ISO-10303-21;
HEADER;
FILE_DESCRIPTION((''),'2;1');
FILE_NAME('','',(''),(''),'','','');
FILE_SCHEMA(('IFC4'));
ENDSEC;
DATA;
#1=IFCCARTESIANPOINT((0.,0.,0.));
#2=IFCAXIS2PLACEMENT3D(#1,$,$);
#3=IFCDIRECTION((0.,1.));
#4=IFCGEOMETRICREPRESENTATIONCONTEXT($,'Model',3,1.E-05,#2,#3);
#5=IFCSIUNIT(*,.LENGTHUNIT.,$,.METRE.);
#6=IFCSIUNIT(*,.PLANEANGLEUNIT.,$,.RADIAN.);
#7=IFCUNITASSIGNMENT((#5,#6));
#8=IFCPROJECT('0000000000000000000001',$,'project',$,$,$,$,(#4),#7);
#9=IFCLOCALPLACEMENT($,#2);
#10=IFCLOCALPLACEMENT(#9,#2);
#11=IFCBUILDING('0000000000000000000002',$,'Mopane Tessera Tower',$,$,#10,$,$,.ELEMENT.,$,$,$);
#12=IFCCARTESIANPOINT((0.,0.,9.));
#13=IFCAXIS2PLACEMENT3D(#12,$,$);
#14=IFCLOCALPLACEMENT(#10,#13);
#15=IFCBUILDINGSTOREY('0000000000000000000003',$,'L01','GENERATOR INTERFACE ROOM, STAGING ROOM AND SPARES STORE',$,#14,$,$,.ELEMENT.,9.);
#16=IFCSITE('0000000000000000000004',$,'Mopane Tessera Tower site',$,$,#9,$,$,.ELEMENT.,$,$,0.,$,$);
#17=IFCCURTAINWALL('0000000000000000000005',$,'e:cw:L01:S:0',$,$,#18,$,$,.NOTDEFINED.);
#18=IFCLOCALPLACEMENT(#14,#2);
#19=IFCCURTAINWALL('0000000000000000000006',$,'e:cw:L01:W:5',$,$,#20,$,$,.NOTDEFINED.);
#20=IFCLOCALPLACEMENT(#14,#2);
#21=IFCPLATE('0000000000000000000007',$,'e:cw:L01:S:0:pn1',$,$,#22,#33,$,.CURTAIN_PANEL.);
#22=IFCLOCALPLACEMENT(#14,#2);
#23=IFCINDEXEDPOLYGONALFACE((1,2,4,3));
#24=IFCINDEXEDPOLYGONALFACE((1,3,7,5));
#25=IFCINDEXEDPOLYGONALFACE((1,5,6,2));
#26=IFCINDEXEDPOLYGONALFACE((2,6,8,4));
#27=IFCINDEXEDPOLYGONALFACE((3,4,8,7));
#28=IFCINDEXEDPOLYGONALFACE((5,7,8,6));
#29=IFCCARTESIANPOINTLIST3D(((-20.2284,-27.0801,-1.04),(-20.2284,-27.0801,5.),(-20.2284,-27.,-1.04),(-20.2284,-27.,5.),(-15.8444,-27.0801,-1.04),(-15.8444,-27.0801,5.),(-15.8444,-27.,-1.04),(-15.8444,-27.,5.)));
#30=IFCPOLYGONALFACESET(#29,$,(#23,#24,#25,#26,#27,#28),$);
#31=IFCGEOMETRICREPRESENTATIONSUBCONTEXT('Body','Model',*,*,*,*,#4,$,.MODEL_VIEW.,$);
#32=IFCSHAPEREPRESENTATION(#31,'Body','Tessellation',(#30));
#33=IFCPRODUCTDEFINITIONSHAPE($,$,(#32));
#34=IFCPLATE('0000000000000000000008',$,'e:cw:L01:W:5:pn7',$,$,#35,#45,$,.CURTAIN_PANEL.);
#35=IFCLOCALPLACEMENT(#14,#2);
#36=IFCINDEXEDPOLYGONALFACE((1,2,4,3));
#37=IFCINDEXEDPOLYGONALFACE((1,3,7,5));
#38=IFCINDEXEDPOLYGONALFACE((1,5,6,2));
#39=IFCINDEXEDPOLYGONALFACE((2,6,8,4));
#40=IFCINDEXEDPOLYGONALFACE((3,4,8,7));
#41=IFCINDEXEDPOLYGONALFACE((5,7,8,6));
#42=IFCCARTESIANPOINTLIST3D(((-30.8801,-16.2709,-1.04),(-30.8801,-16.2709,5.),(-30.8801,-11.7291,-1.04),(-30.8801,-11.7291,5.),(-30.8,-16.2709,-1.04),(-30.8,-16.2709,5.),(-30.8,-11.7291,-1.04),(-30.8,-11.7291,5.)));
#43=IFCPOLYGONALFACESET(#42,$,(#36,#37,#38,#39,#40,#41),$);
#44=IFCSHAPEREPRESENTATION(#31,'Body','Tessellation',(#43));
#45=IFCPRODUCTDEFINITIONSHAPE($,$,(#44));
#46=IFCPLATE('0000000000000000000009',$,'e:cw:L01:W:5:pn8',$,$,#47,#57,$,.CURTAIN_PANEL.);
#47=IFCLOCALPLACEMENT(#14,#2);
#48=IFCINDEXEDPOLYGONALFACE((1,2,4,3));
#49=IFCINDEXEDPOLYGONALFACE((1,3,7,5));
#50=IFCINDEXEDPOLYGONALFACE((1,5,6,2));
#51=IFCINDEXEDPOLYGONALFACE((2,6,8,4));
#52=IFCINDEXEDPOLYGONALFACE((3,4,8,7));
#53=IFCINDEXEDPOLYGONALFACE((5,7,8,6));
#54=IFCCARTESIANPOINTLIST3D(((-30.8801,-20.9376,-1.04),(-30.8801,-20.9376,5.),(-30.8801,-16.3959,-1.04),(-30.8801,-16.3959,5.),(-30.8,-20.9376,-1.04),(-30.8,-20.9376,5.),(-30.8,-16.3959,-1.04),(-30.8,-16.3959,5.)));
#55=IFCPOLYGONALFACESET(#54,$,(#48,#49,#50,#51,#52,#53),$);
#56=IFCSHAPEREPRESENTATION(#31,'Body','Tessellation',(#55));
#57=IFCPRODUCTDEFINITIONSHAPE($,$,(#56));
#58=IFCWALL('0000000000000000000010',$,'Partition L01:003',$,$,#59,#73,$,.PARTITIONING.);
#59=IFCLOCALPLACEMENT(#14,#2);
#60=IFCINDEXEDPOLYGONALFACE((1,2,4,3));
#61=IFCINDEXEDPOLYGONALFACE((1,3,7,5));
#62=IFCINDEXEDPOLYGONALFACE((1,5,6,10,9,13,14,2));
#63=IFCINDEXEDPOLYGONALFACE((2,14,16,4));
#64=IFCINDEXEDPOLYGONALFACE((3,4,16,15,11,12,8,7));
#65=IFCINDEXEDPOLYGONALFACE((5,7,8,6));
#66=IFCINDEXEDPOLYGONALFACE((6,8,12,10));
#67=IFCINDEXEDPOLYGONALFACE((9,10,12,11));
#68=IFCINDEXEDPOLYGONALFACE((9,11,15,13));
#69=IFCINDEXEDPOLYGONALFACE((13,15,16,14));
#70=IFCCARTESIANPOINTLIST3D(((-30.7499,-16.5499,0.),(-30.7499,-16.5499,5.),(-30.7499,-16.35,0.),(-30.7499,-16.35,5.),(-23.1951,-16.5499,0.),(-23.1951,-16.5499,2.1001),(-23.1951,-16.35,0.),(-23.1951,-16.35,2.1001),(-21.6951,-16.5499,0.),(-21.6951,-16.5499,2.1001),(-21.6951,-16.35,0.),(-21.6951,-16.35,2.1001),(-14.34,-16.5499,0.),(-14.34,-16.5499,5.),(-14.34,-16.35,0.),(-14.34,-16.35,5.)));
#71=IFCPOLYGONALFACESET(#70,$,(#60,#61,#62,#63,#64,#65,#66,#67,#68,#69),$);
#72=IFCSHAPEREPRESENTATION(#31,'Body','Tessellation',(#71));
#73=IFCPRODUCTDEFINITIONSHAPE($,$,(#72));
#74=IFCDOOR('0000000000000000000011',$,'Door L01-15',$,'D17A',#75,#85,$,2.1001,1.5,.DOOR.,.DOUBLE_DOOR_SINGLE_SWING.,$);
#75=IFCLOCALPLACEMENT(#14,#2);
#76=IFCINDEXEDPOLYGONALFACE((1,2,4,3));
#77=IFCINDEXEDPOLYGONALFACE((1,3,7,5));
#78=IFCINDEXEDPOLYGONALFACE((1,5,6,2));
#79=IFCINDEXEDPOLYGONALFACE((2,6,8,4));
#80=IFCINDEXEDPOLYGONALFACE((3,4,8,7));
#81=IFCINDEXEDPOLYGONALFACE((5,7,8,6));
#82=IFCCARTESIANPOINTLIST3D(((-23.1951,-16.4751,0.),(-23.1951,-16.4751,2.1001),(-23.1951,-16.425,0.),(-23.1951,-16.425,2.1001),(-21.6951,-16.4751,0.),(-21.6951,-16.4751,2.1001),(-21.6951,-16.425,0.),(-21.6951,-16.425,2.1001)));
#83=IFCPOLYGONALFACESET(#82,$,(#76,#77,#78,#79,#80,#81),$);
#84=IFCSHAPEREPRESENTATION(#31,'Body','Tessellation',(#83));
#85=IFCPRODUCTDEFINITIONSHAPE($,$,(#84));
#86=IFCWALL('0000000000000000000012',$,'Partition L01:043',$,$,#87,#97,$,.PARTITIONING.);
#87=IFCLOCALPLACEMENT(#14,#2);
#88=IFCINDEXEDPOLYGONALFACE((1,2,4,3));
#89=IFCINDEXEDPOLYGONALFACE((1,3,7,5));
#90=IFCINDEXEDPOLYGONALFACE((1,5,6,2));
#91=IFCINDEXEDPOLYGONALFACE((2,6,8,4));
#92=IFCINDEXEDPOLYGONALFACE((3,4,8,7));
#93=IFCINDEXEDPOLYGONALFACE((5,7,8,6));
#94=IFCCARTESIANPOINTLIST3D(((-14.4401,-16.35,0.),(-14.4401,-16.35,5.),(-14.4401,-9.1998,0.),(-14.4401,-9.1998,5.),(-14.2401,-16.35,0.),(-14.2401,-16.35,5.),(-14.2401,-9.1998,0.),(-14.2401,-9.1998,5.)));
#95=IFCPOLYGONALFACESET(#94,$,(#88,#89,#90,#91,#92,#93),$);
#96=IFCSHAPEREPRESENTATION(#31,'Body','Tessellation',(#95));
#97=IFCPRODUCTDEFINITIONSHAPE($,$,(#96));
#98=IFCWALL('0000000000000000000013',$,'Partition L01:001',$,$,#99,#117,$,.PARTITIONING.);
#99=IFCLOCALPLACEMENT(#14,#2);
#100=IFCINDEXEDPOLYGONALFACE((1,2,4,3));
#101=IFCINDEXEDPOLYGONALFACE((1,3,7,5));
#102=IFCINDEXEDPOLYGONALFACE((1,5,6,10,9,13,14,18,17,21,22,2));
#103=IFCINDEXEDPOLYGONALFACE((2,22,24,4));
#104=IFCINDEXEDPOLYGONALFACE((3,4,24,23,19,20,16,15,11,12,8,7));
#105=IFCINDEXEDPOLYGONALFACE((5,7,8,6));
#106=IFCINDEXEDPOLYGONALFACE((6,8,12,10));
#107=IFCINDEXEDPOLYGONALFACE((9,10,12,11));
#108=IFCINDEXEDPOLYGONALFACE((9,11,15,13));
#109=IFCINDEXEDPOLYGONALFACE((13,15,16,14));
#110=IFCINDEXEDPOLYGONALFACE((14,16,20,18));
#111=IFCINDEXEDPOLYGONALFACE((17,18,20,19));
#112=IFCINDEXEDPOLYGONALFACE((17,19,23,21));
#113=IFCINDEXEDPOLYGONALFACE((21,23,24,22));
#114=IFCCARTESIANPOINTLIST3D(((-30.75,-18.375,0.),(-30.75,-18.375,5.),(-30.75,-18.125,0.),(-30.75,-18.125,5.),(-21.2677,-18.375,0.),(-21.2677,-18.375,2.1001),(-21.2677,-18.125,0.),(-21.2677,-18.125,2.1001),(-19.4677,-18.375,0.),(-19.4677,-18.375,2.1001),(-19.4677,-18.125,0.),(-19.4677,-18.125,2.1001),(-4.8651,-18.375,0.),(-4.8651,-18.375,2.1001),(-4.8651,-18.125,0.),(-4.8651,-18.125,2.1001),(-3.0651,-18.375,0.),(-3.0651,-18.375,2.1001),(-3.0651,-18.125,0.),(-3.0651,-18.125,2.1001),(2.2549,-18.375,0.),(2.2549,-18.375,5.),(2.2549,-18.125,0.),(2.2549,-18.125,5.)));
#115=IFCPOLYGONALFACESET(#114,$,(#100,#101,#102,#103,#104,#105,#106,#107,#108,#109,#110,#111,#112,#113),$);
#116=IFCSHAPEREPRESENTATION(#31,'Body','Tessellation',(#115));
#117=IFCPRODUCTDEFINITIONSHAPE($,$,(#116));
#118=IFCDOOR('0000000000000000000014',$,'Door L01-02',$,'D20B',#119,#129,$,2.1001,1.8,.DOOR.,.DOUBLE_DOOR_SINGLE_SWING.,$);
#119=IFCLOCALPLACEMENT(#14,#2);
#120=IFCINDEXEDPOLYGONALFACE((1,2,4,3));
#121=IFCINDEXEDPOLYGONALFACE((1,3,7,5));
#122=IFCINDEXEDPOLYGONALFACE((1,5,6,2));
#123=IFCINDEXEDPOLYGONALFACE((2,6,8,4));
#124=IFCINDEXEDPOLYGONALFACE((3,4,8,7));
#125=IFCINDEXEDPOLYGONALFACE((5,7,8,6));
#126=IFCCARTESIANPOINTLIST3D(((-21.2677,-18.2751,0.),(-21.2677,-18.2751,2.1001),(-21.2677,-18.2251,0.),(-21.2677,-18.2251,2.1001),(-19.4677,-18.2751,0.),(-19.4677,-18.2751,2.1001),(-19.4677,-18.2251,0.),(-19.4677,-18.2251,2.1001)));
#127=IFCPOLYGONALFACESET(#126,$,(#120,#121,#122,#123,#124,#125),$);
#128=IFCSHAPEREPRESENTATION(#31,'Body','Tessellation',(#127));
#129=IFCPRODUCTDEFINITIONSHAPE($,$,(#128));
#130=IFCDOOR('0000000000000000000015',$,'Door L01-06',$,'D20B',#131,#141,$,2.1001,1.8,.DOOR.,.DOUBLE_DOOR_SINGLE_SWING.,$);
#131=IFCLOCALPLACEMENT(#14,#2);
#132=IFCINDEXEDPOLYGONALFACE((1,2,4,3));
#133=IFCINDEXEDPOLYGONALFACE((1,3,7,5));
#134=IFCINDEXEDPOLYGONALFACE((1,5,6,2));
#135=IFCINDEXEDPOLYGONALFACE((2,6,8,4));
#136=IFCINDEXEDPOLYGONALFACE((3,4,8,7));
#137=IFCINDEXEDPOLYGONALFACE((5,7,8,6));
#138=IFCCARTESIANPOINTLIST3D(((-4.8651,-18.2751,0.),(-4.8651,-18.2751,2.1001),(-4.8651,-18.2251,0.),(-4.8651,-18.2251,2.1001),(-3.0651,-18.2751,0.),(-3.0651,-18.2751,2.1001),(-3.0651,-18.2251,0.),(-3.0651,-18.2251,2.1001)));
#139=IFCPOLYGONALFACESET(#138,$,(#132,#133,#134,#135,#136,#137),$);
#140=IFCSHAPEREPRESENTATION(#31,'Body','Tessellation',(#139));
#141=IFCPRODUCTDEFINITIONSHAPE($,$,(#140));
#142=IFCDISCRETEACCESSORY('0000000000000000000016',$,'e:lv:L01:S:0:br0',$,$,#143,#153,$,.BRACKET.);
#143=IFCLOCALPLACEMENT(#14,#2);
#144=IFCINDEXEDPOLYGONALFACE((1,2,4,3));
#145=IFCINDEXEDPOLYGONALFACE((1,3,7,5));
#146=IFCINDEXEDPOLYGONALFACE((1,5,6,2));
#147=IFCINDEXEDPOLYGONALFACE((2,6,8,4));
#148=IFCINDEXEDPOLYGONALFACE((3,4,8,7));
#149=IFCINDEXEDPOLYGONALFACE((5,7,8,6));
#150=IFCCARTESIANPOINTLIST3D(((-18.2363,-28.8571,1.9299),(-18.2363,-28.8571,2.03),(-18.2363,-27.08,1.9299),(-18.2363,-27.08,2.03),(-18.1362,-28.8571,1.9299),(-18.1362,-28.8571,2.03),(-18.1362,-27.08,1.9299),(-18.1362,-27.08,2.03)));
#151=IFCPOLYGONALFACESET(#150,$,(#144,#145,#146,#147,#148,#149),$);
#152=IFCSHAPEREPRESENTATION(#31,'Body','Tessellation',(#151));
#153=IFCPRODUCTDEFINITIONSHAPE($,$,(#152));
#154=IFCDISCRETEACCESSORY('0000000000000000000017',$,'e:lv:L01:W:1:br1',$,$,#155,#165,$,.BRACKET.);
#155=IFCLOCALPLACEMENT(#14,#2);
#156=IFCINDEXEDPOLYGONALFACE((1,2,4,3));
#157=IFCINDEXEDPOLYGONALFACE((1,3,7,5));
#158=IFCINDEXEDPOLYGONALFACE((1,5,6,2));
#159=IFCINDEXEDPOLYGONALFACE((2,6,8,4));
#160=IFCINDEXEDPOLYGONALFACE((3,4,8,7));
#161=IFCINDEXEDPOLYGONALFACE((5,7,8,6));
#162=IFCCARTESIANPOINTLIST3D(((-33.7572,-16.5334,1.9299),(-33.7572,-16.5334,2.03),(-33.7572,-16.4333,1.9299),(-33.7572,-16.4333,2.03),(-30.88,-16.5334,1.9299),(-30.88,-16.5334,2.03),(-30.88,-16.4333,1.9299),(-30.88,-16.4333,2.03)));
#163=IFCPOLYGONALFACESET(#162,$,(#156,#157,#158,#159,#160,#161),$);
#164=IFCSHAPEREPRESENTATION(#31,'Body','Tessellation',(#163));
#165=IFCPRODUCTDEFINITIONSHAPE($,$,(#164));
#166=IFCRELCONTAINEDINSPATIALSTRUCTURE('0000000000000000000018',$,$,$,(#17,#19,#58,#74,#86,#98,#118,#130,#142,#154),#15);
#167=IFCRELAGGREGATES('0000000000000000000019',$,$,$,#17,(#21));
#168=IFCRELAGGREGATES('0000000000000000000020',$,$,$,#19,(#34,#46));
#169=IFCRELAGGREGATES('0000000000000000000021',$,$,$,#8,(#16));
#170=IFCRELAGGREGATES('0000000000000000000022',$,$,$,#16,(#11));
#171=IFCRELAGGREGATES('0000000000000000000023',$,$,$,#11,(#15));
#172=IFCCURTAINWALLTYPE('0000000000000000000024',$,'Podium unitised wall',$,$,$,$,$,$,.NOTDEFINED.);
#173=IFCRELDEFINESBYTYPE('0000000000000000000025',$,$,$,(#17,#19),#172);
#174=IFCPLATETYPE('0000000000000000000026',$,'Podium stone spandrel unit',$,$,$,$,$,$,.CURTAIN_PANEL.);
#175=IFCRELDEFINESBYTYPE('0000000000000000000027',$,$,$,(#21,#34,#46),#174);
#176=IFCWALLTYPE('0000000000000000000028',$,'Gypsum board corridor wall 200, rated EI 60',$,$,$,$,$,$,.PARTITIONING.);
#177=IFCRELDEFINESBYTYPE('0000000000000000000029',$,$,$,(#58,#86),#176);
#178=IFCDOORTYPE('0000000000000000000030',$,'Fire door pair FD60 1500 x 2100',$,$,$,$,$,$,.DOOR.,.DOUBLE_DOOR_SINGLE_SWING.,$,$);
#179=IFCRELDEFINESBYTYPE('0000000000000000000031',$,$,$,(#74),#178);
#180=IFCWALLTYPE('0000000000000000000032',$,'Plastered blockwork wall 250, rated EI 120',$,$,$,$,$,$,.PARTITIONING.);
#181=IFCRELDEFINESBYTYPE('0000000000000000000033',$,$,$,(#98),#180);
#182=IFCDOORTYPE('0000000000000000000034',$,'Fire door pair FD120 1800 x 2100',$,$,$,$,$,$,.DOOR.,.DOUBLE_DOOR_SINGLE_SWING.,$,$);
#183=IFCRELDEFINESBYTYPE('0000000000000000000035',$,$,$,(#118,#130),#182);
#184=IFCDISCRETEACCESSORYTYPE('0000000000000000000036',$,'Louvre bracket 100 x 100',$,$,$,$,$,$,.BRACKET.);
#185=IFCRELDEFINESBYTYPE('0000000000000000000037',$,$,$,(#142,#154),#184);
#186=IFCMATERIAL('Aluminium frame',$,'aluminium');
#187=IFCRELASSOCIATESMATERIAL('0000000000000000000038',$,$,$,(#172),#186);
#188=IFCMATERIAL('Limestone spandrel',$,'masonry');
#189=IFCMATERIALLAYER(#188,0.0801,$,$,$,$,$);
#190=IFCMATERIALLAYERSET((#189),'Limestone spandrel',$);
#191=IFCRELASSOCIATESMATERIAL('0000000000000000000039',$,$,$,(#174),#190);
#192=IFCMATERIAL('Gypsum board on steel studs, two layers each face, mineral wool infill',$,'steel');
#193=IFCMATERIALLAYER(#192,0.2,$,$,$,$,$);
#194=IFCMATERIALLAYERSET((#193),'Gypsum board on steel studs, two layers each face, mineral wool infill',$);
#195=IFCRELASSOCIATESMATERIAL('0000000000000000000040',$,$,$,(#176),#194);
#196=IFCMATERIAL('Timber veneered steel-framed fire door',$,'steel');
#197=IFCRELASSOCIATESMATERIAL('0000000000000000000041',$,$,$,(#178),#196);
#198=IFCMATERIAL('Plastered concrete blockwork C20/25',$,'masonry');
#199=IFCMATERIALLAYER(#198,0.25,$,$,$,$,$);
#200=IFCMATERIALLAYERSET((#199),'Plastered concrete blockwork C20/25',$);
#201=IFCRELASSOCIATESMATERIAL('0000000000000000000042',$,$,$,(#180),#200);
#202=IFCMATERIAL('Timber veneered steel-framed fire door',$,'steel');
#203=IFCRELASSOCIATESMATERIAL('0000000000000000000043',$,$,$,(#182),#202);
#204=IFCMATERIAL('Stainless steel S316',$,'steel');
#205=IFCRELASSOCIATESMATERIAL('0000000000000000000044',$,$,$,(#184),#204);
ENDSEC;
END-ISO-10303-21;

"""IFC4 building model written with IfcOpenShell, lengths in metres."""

from ifc_helpers import new_model, si_unit, direction, frame, frame_2d, origin, origin_2d, place, context, subcontext, project, spatial, rectangle, extrude, material, layer, layer_set, type_object, element, fill, aggregate, save


model = new_model("IFC4")

# Units and contexts
model_context = context("Model", 3, precision=1e-05, world=origin(), true_north=direction((0.0, 1.0)))
body_context = subcontext(model_context, "Body", "Model", "MODEL_VIEW")
ifc_project = project(units=[si_unit("LENGTHUNIT", "METRE"), si_unit("PLANEANGLEUNIT", "RADIAN")], contexts=[model_context])

# Site, building, storey
site_placement = place(None, origin())
site = spatial("IfcSite", under=ifc_project, at=site_placement, Name="Mopane Tessera Tower site", CompositionType="ELEMENT", RefElevation=0.0)
building_placement = place(site_placement, origin())
building = spatial("IfcBuilding", under=site, at=building_placement, Name="Mopane Tessera Tower", CompositionType="ELEMENT")
storey_placement = place(building_placement, frame((0.0, 0.0, 9.0)))
storey = spatial("IfcBuildingStorey", under=building, at=storey_placement, Name="L01", Description="GENERATOR INTERFACE ROOM, STAGING ROOM AND SPARES STORE", CompositionType="ELEMENT", Elevation=9.0)

# Curtain walls
ifc_material_1 = material(Name="Aluminium frame", Category="aluminium")
curtain_wall_type = type_object("IfcCurtainWallType", Name="Podium unitised wall", PredefinedType="NOTDEFINED", material=ifc_material_1)
curtain_wall_1_placement = place(storey_placement, origin())
curtain_wall_1 = element("IfcCurtainWall", 1, at=curtain_wall_1_placement, inside=storey, type_object=curtain_wall_type, Name="e:cw:L01:S:0", PredefinedType="NOTDEFINED")
curtain_wall_2_placement = place(storey_placement, origin())
curtain_wall_2 = element("IfcCurtainWall", 2, at=curtain_wall_2_placement, inside=storey, type_object=curtain_wall_type, Name="e:cw:L01:W:5", PredefinedType="NOTDEFINED")

# Plates
ifc_material_2 = material(Name="Limestone spandrel", Category="masonry")
ifc_layer_1 = layer(ifc_material_2, 0.0801)
ifc_layer_set_1 = layer_set([ifc_layer_1], Name="Limestone spandrel")
plate_type = type_object("IfcPlateType", Name="Podium stone spandrel unit", PredefinedType="CURTAIN_PANEL", material=ifc_layer_set_1)
plate_1_placement = place(storey_placement, frame((-18.0364, -27.04, -1.04), z_axis=(0.0, 0.0, 1.0), x_axis=(1.0, 0.0, 0.0)))
plate_1 = element("IfcPlate", 3, at=plate_1_placement, type_object=plate_type, Name="e:cw:L01:S:0:pn1", PredefinedType="CURTAIN_PANEL", context=body_context, shape_type="SweptSolid", body=[
    extrude(rectangle(XDim=4.384, YDim=0.0801, at=origin_2d()), origin(), (0.0, 0.0, 1.0), 6.04),
])
aggregate(curtain_wall_1, [plate_1])
plate_2_placement = place(storey_placement, frame((-30.8401, -14.0, -1.04), z_axis=(0.0, 0.0, 1.0), x_axis=(0.0, -1.0, 0.0)))
plate_2 = element("IfcPlate", 4, at=plate_2_placement, type_object=plate_type, Name="e:cw:L01:W:5:pn7", PredefinedType="CURTAIN_PANEL", context=body_context, shape_type="SweptSolid", body=[
    extrude(rectangle(XDim=4.5417, YDim=0.0801, at=origin_2d()), origin(), (0.0, 0.0, 1.0), 6.04),
])
plate_3_placement = place(storey_placement, frame((-30.8401, -18.6667, -1.04), z_axis=(0.0, 0.0, 1.0), x_axis=(0.0, -1.0, 0.0)))
plate_3 = element("IfcPlate", 5, at=plate_3_placement, type_object=plate_type, Name="e:cw:L01:W:5:pn8", PredefinedType="CURTAIN_PANEL", context=body_context, shape_type="SweptSolid", body=[
    extrude(rectangle(XDim=4.5417, YDim=0.0801, at=origin_2d()), origin(), (0.0, 0.0, 1.0), 6.04),
])
aggregate(curtain_wall_2, [plate_2, plate_3])

# Wall, opening, door
ifc_material_3 = material(Name="Gypsum board on steel studs, two layers each face, mineral wool infill", Category="steel")
ifc_layer_2 = layer(ifc_material_3, 0.2)
ifc_layer_set_2 = layer_set([ifc_layer_2], Name="Gypsum board on steel studs, two layers each face, mineral wool infill")
wall_type_1 = type_object("IfcWallType", Name="Gypsum board corridor wall 200, rated EI 60", PredefinedType="PARTITIONING", material=ifc_layer_set_2)
wall_1_placement = place(storey_placement, frame((-30.75, -16.45, 0.0), z_axis=(0.0, 0.0, 1.0), x_axis=(1.0, 0.0, 0.0)))
wall_1 = element("IfcWall", 6, at=wall_1_placement, inside=storey, type_object=wall_type_1, Name="Partition L01:003", PredefinedType="PARTITIONING", context=body_context, shape_type="SweptSolid", body=[
    extrude(rectangle(XDim=16.4099, YDim=0.2, at=frame_2d((8.2051, 0.0))), origin(), (0.0, 0.0, 1.0), 5.0),
])
opening_1_placement = place(wall_1_placement, frame((7.5549, 0.0, 0.0)))
opening_1 = element("IfcOpeningElement", 7, at=opening_1_placement, cuts=wall_1, PredefinedType="OPENING", context=body_context, shape_type="SweptSolid", body=[
    extrude(rectangle(XDim=1.5, YDim=2.1001, at=frame_2d((0.75, 1.05))), frame((0.0, 0.1121, 0.0), z_axis=(0.0, -1.0, 0.0), x_axis=(1.0, 0.0, 0.0)), (0.0, 0.0, 1.0), 0.2239),
])
ifc_material_4 = material(Name="Timber veneered steel-framed fire door", Category="steel")
door_type_1 = type_object("IfcDoorType", Name="Fire door pair FD60 1500 x 2100", OperationType="DOUBLE_DOOR_SINGLE_SWING", PredefinedType="DOOR", material=ifc_material_4)
door_1_placement = place(opening_1_placement, origin())
door_1 = element("IfcDoor", 8, at=door_1_placement, inside=storey, type_object=door_type_1, Name="Door L01-15", ObjectType="D17A", OperationType="DOUBLE_DOOR_SINGLE_SWING", OverallHeight=2.1001, OverallWidth=1.5, PredefinedType="DOOR", context=body_context, shape_type="SweptSolid", body=[
    extrude(rectangle(XDim=1.5, YDim=2.1001, at=frame_2d((0.75, 1.05))), frame((0.0, 0.0249, 0.0), z_axis=(0.0, -1.0, 0.0), x_axis=(1.0, 0.0, 0.0)), (0.0, 0.0, 1.0), 0.05),
])
fill(opening_1, door_1)

# Wall
wall_2_placement = place(storey_placement, frame((-14.3401, -16.3501, 0.0), z_axis=(0.0, 0.0, 1.0), x_axis=(0.0, 1.0, 0.0)))
element("IfcWall", 9, at=wall_2_placement, inside=storey, type_object=wall_type_1, Name="Partition L01:043", PredefinedType="PARTITIONING", context=body_context, shape_type="SweptSolid", body=[
    extrude(rectangle(XDim=7.1501, YDim=0.2, at=frame_2d((3.5752, 0.0))), origin(), (0.0, 0.0, 1.0), 5.0),
])

# Wall, openings, doors
ifc_material_5 = material(Name="Plastered concrete blockwork C20/25", Category="masonry")
ifc_layer_3 = layer(ifc_material_5, 0.25)
ifc_layer_set_3 = layer_set([ifc_layer_3], Name="Plastered concrete blockwork C20/25")
wall_type_2 = type_object("IfcWallType", Name="Plastered blockwork wall 250, rated EI 120", PredefinedType="PARTITIONING", material=ifc_layer_set_3)
wall_3_placement = place(storey_placement, frame((-30.75, -18.25, 0.0), z_axis=(0.0, 0.0, 1.0), x_axis=(1.0, 0.0, 0.0)))
wall_3 = element("IfcWall", 10, at=wall_3_placement, inside=storey, type_object=wall_type_2, Name="Partition L01:001", PredefinedType="PARTITIONING", context=body_context, shape_type="SweptSolid", body=[
    extrude(rectangle(XDim=33.0049, YDim=0.25, at=frame_2d((16.5024, 0.0))), origin(), (0.0, 0.0, 1.0), 5.0),
])
opening_2_placement = place(wall_3_placement, frame((9.4824, 0.0, 0.0)))
opening_2 = element("IfcOpeningElement", 11, at=opening_2_placement, cuts=wall_3, PredefinedType="OPENING", context=body_context, shape_type="SweptSolid", body=[
    extrude(rectangle(XDim=1.8, YDim=2.1001, at=frame_2d((0.8999, 1.05))), frame((0.0, 0.137, 0.0), z_axis=(0.0, -1.0, 0.0), x_axis=(1.0, 0.0, 0.0)), (0.0, 0.0, 1.0), 0.2739),
])
opening_3_placement = place(wall_3_placement, frame((25.885, 0.0, 0.0)))
opening_3 = element("IfcOpeningElement", 12, at=opening_3_placement, cuts=wall_3, PredefinedType="OPENING", context=body_context, shape_type="SweptSolid", body=[
    extrude(rectangle(XDim=1.8, YDim=2.1001, at=frame_2d((0.8999, 1.05))), frame((0.0, 0.137, 0.0), z_axis=(0.0, -1.0, 0.0), x_axis=(1.0, 0.0, 0.0)), (0.0, 0.0, 1.0), 0.2739),
])
ifc_material_6 = material(Name="Timber veneered steel-framed fire door", Category="steel")
door_type_2 = type_object("IfcDoorType", Name="Fire door pair FD120 1800 x 2100", OperationType="DOUBLE_DOOR_SINGLE_SWING", PredefinedType="DOOR", material=ifc_material_6)
door_2_placement = place(opening_2_placement, origin())
door_2 = element("IfcDoor", 13, at=door_2_placement, inside=storey, type_object=door_type_2, Name="Door L01-02", ObjectType="D20B", OperationType="DOUBLE_DOOR_SINGLE_SWING", OverallHeight=2.1001, OverallWidth=1.8, PredefinedType="DOOR", context=body_context, shape_type="SweptSolid", body=[
    extrude(rectangle(XDim=1.8, YDim=2.1001, at=frame_2d((0.8999, 1.05))), frame((0.0, 0.0249, 0.0), z_axis=(0.0, -1.0, 0.0), x_axis=(1.0, 0.0, 0.0)), (0.0, 0.0, 1.0), 0.05),
])
fill(opening_2, door_2)
door_3_placement = place(opening_3_placement, origin())
door_3 = element("IfcDoor", 14, at=door_3_placement, inside=storey, type_object=door_type_2, Name="Door L01-06", ObjectType="D20B", OperationType="DOUBLE_DOOR_SINGLE_SWING", OverallHeight=2.1001, OverallWidth=1.8, PredefinedType="DOOR", context=body_context, shape_type="SweptSolid", body=[
    extrude(rectangle(XDim=1.8, YDim=2.1001, at=frame_2d((0.8999, 1.05))), frame((0.0, 0.0249, 0.0), z_axis=(0.0, -1.0, 0.0), x_axis=(1.0, 0.0, 0.0)), (0.0, 0.0, 1.0), 0.05),
])
fill(opening_3, door_3)

# Discrete accessories
ifc_material_7 = material(Name="Stainless steel S316", Category="steel")
discrete_accessory_type = type_object("IfcDiscreteAccessoryType", Name="Louvre bracket 100 x 100", PredefinedType="BRACKET", material=ifc_material_7)
discrete_accessory_1_placement = place(storey_placement, frame((-18.1863, -27.9685, 1.9299), z_axis=(0.0, 0.0, 1.0), x_axis=(0.0, -1.0, 0.0)))
element("IfcDiscreteAccessory", 15, at=discrete_accessory_1_placement, inside=storey, type_object=discrete_accessory_type, Name="e:lv:L01:S:0:br0", PredefinedType="BRACKET", context=body_context, shape_type="SweptSolid", body=[
    extrude(rectangle(XDim=1.7771, YDim=0.1001, at=origin_2d()), origin(), (0.0, 0.0, 1.0), 0.1001),
])
discrete_accessory_2_placement = place(storey_placement, frame((-32.3186, -16.4834, 1.9299), z_axis=(0.0, 0.0, 1.0), x_axis=(-1.0, 0.0, 0.0)))
element("IfcDiscreteAccessory", 16, at=discrete_accessory_2_placement, inside=storey, type_object=discrete_accessory_type, Name="e:lv:L01:W:1:br1", PredefinedType="BRACKET", context=body_context, shape_type="SweptSolid", body=[
    extrude(rectangle(XDim=2.8772, YDim=0.1001, at=origin_2d()), origin(), (0.0, 0.0, 1.0), 0.1001),
])

save(model, "model.ifc")
